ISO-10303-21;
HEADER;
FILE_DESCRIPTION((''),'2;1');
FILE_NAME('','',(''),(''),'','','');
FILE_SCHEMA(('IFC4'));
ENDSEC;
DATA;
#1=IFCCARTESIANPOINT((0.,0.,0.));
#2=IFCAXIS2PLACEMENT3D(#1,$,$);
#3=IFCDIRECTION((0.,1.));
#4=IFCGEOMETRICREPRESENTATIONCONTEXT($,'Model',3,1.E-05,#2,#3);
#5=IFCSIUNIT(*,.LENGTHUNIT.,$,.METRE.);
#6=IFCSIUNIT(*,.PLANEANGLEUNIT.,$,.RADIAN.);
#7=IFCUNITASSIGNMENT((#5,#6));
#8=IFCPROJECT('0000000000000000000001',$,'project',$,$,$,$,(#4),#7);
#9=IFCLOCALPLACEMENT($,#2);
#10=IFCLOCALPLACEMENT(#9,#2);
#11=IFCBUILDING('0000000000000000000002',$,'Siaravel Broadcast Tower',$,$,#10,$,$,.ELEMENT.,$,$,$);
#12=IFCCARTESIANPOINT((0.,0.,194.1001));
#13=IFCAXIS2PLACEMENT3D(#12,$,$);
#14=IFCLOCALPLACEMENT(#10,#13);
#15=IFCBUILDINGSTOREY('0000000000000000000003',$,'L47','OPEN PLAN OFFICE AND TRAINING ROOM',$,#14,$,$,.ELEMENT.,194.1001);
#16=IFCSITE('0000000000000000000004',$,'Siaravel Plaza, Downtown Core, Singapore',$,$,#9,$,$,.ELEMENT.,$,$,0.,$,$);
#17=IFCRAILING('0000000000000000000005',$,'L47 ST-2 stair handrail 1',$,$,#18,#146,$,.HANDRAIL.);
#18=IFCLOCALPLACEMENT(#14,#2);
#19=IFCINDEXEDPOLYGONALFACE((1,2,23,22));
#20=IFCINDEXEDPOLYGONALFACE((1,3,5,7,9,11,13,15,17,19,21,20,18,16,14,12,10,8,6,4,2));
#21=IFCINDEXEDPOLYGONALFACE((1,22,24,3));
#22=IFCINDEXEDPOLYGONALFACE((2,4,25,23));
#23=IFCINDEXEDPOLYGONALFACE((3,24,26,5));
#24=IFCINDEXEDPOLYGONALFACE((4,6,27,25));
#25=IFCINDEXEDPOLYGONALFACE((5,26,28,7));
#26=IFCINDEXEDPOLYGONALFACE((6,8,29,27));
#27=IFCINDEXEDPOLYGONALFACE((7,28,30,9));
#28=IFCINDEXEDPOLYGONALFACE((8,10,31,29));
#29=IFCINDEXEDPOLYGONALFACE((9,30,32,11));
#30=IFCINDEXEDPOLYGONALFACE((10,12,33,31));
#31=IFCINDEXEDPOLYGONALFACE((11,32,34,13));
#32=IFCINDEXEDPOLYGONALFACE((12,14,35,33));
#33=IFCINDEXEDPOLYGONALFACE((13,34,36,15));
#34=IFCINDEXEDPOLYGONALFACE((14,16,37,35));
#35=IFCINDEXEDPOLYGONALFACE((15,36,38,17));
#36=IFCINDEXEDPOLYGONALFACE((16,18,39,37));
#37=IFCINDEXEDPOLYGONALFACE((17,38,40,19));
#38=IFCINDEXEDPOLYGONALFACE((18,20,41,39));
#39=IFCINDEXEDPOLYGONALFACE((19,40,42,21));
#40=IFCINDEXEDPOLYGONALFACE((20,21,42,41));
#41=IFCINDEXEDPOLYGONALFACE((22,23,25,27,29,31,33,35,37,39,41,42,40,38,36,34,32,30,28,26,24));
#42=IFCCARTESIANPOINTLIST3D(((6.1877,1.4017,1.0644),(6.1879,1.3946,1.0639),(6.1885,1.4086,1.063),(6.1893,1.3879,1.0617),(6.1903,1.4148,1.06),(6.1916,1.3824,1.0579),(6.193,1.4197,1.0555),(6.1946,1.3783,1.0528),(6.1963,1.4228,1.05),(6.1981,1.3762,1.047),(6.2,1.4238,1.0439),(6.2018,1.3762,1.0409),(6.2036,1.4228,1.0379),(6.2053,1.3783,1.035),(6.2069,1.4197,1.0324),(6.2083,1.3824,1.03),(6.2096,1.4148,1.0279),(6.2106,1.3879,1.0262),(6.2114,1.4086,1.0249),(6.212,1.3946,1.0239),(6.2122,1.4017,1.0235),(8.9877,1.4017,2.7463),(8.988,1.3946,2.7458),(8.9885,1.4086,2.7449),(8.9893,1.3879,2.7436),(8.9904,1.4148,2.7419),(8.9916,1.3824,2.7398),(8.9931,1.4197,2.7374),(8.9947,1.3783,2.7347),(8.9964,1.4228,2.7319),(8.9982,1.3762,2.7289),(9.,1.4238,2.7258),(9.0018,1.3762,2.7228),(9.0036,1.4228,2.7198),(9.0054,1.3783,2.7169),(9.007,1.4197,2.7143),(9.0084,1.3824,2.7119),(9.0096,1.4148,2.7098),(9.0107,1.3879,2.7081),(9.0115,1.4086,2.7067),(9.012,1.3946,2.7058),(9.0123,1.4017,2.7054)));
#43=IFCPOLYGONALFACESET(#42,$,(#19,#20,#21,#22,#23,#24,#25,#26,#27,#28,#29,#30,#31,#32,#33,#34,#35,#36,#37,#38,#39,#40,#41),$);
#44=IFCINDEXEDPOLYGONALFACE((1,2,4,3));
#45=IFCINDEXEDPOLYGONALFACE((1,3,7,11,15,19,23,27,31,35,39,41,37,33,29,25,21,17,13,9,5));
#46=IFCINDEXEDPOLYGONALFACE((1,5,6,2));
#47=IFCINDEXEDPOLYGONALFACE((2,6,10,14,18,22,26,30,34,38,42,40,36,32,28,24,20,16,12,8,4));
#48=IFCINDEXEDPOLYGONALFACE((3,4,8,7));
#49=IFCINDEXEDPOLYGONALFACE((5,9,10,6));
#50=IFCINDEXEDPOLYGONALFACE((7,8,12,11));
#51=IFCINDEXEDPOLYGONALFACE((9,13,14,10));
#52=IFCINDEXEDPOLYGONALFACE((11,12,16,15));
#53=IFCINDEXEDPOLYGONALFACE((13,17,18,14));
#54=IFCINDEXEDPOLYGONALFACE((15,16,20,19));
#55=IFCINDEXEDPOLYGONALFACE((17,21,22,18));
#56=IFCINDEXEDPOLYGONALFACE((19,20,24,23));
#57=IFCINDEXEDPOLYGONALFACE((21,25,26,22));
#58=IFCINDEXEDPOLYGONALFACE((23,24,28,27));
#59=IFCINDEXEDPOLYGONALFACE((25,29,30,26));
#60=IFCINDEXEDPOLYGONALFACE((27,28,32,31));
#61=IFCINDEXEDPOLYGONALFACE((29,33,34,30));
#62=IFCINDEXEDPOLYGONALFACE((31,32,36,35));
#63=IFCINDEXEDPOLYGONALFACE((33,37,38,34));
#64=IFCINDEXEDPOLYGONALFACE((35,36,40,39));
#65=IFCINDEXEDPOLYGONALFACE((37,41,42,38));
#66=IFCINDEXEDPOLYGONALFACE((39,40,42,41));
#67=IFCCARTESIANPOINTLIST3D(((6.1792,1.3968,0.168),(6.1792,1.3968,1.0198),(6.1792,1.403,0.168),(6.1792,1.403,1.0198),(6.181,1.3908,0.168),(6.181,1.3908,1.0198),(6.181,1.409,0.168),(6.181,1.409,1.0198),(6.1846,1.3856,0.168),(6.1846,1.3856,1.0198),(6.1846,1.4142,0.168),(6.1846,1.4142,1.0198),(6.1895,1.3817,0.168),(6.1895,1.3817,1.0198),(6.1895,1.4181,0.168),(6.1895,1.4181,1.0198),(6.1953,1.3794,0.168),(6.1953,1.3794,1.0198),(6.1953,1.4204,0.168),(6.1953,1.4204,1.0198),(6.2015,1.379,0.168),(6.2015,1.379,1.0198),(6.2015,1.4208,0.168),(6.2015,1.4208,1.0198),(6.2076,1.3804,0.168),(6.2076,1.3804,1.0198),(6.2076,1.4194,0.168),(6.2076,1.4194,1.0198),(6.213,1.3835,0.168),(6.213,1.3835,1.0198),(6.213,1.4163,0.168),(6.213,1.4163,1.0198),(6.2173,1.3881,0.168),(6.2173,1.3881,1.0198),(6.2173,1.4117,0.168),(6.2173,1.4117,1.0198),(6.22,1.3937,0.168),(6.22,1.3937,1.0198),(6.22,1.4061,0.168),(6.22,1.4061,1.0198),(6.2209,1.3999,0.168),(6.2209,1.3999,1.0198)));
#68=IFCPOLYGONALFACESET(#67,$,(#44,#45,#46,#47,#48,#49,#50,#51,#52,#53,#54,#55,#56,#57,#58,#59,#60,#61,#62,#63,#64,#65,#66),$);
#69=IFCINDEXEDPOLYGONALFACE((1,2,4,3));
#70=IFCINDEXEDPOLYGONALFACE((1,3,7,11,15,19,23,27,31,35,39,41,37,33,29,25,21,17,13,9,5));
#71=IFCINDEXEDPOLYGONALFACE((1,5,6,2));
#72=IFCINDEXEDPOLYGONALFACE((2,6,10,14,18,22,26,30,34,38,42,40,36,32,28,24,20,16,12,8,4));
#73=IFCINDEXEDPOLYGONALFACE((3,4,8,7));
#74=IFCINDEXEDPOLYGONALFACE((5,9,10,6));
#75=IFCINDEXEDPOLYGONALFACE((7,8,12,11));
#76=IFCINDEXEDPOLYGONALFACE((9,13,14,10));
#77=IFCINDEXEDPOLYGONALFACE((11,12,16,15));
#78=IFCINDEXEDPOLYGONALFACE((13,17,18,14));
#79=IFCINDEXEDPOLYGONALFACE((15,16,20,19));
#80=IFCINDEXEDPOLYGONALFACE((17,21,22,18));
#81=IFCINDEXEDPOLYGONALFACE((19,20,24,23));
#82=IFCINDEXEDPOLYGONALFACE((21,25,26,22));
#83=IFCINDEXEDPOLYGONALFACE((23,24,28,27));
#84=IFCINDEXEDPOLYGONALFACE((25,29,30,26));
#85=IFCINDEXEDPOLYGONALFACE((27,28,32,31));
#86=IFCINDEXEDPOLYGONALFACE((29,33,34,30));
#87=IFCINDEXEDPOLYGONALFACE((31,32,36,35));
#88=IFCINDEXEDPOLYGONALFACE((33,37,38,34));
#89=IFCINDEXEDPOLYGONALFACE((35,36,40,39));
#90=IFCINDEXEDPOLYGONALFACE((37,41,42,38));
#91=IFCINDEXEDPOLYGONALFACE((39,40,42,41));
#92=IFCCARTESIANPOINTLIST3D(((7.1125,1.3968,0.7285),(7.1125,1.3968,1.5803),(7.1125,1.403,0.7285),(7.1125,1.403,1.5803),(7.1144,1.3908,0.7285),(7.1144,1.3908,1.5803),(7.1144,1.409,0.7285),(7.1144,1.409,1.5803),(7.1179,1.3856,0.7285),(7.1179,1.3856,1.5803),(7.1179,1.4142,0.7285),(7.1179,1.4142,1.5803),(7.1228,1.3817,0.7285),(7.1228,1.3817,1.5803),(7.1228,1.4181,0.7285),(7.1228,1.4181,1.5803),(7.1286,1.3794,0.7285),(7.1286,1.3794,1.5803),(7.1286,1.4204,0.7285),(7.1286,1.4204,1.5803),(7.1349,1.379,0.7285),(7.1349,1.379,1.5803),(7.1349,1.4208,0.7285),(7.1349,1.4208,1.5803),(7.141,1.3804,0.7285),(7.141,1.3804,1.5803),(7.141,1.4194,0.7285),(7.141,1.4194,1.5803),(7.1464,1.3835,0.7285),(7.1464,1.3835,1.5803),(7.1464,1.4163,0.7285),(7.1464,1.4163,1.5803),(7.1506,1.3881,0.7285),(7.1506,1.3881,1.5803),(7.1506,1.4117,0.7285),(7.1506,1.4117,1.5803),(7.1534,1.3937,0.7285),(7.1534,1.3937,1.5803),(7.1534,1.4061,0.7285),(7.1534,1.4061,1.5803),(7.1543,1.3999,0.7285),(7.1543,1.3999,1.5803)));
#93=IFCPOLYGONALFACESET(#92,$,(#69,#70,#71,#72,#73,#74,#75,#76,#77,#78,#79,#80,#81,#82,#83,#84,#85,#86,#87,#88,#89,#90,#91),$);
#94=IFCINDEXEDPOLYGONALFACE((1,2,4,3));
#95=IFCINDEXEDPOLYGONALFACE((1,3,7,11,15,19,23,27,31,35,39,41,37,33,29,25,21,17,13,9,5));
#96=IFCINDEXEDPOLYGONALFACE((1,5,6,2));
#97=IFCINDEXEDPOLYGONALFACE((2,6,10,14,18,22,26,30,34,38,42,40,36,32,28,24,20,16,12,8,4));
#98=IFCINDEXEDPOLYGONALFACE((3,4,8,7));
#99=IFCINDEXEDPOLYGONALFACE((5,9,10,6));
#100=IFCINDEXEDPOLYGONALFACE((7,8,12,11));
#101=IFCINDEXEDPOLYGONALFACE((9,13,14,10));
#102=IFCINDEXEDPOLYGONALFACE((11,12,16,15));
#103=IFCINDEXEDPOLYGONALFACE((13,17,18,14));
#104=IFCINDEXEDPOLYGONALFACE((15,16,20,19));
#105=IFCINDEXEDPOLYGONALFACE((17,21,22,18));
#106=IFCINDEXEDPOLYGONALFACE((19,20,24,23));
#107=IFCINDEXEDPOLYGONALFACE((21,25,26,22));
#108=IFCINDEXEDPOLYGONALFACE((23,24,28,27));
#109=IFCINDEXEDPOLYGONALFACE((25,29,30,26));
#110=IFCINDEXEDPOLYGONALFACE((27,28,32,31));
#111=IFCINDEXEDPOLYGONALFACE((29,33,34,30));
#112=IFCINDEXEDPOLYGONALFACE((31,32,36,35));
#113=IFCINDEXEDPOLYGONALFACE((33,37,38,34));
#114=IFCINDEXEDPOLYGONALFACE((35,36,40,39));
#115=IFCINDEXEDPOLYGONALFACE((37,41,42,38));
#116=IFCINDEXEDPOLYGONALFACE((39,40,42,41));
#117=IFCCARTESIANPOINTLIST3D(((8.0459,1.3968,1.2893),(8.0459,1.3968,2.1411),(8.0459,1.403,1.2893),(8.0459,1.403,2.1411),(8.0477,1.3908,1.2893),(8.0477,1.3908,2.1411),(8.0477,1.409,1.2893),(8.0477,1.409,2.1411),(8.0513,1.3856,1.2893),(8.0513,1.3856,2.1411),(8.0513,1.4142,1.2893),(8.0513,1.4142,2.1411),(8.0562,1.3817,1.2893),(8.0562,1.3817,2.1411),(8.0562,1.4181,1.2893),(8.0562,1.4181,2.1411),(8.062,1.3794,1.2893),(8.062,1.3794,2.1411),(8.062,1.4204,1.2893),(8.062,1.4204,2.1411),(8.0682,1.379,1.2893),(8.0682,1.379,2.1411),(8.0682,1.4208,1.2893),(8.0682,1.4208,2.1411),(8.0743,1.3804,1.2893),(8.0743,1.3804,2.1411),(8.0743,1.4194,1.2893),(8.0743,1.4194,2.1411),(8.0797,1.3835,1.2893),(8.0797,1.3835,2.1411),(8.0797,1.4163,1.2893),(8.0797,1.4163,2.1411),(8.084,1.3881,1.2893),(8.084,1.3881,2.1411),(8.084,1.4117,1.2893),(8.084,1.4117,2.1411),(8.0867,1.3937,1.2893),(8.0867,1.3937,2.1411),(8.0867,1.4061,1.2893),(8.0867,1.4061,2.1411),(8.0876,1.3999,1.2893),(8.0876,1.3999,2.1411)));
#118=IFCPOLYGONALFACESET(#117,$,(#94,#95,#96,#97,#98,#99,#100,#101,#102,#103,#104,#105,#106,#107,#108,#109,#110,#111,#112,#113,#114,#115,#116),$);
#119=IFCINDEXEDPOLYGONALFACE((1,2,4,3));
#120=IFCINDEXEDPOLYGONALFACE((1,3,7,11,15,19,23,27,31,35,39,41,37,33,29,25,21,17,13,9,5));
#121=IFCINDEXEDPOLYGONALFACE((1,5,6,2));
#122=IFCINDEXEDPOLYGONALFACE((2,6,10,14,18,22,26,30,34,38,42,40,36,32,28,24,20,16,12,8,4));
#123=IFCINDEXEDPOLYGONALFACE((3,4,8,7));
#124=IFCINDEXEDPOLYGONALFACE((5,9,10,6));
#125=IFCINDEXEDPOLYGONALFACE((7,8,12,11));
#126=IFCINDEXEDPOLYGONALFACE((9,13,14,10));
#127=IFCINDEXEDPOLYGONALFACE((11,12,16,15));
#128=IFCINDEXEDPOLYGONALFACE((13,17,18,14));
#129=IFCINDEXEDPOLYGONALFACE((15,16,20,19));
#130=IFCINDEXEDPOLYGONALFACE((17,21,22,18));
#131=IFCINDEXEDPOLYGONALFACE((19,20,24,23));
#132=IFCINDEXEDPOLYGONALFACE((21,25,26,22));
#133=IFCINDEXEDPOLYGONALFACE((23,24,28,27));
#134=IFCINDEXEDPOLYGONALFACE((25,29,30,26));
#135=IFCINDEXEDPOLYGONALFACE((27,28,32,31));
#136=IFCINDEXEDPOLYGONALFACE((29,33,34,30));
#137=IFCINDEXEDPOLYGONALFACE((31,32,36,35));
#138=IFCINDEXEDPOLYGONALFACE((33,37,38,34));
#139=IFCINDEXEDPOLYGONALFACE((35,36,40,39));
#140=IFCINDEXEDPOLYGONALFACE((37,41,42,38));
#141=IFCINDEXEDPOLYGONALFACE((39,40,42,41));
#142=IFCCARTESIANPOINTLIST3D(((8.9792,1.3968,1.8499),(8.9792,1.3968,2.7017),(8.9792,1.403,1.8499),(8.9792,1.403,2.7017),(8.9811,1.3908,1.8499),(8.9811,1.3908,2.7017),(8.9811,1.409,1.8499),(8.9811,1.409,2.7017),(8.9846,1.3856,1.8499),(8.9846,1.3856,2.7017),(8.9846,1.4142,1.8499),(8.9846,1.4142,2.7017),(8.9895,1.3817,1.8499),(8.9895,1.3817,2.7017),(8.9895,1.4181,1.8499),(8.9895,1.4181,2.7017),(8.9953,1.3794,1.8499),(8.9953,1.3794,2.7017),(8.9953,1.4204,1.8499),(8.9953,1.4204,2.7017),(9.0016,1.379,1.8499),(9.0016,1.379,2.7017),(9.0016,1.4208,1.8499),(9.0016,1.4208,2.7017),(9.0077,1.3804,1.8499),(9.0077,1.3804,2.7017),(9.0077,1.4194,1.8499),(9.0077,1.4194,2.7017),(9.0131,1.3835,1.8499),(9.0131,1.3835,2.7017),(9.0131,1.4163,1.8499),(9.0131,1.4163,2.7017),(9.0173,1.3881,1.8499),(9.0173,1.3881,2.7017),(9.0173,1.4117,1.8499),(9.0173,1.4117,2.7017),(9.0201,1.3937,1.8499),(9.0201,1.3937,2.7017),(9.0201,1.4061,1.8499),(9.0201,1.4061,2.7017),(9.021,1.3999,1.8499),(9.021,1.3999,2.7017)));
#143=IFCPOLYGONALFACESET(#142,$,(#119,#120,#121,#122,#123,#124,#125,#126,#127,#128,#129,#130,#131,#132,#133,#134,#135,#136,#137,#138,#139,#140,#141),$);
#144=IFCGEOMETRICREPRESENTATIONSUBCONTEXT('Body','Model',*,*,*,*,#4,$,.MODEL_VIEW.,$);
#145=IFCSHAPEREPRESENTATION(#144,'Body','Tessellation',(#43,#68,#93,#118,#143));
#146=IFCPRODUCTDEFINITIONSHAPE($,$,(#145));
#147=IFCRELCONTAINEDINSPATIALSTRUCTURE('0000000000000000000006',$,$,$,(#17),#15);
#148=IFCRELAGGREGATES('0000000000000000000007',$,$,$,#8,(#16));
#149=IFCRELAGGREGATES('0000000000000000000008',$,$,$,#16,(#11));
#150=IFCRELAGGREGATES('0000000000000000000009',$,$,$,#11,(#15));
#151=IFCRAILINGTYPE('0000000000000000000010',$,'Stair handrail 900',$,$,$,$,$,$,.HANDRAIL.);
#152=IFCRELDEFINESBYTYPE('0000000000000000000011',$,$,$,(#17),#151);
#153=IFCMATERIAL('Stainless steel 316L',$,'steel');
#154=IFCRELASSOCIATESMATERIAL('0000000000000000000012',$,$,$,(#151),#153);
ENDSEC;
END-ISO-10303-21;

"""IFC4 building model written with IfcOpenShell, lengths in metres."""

from ifc_helpers import new_model, si_unit, direction, frame, origin, origin_2d, place, context, subcontext, project, spatial, circle, extrude, material, type_object, element, save


model = new_model("IFC4")

# Units and contexts
model_context = context("Model", 3, precision=1e-05, world=origin(), true_north=direction((0.0, 1.0)))
body_context = subcontext(model_context, "Body", "Model", "MODEL_VIEW")
ifc_project = project(units=[si_unit("LENGTHUNIT", "METRE"), si_unit("PLANEANGLEUNIT", "RADIAN")], contexts=[model_context])

# Site, building, storey
site_placement = place(None, origin())
site = spatial("IfcSite", under=ifc_project, at=site_placement, Name="Siaravel Plaza, Downtown Core, Singapore", CompositionType="ELEMENT", RefElevation=0.0)
building_placement = place(site_placement, origin())
building = spatial("IfcBuilding", under=site, at=building_placement, Name="Siaravel Broadcast Tower", CompositionType="ELEMENT")
storey_placement = place(building_placement, frame((0.0, 0.0, 194.1001)))
storey = spatial("IfcBuildingStorey", under=building, at=storey_placement, Name="L47", Description="OPEN PLAN OFFICE AND TRAINING ROOM", CompositionType="ELEMENT", Elevation=194.1001)

# Railing
ifc_material_1 = material(Name="Stainless steel 316L", Category="steel")
railing_type_1 = type_object("IfcRailingType", Name="Stair handrail 900", PredefinedType="HANDRAIL", material=ifc_material_1)
railing_1_placement = place(storey_placement, frame((6.2, 1.3999, 0.168)))
element("IfcRailing", 1, at=railing_1_placement, inside=storey, type_object=railing_type_1, Name="L47 ST-2 stair handrail 1", PredefinedType="HANDRAIL", context=body_context, shape_type="SweptSolid", body=[
    extrude(circle(Radius=0.0239, at=origin_2d()), frame((0.0, 0.0, 0.876), z_axis=(0.857242, 0.0, 0.514913), x_axis=(0.0, 1.0, 0.0)), (0.0, 0.0, 1.0), 3.2664),
    extrude(circle(Radius=0.021, at=origin_2d()), origin(), (0.0, 0.0, 1.0), 0.8518),
    extrude(circle(Radius=0.021, at=origin_2d()), frame((0.9333, 0.0, 0.5605)), (0.0, 0.0, 1.0), 0.8518),
    extrude(circle(Radius=0.021, at=origin_2d()), frame((1.8667, 0.0, 1.1213)), (0.0, 0.0, 1.0), 0.8518),
    extrude(circle(Radius=0.021, at=origin_2d()), frame((2.8, 0.0, 1.6819)), (0.0, 0.0, 1.0), 0.8518),
])

save(model, "model.ifc")
